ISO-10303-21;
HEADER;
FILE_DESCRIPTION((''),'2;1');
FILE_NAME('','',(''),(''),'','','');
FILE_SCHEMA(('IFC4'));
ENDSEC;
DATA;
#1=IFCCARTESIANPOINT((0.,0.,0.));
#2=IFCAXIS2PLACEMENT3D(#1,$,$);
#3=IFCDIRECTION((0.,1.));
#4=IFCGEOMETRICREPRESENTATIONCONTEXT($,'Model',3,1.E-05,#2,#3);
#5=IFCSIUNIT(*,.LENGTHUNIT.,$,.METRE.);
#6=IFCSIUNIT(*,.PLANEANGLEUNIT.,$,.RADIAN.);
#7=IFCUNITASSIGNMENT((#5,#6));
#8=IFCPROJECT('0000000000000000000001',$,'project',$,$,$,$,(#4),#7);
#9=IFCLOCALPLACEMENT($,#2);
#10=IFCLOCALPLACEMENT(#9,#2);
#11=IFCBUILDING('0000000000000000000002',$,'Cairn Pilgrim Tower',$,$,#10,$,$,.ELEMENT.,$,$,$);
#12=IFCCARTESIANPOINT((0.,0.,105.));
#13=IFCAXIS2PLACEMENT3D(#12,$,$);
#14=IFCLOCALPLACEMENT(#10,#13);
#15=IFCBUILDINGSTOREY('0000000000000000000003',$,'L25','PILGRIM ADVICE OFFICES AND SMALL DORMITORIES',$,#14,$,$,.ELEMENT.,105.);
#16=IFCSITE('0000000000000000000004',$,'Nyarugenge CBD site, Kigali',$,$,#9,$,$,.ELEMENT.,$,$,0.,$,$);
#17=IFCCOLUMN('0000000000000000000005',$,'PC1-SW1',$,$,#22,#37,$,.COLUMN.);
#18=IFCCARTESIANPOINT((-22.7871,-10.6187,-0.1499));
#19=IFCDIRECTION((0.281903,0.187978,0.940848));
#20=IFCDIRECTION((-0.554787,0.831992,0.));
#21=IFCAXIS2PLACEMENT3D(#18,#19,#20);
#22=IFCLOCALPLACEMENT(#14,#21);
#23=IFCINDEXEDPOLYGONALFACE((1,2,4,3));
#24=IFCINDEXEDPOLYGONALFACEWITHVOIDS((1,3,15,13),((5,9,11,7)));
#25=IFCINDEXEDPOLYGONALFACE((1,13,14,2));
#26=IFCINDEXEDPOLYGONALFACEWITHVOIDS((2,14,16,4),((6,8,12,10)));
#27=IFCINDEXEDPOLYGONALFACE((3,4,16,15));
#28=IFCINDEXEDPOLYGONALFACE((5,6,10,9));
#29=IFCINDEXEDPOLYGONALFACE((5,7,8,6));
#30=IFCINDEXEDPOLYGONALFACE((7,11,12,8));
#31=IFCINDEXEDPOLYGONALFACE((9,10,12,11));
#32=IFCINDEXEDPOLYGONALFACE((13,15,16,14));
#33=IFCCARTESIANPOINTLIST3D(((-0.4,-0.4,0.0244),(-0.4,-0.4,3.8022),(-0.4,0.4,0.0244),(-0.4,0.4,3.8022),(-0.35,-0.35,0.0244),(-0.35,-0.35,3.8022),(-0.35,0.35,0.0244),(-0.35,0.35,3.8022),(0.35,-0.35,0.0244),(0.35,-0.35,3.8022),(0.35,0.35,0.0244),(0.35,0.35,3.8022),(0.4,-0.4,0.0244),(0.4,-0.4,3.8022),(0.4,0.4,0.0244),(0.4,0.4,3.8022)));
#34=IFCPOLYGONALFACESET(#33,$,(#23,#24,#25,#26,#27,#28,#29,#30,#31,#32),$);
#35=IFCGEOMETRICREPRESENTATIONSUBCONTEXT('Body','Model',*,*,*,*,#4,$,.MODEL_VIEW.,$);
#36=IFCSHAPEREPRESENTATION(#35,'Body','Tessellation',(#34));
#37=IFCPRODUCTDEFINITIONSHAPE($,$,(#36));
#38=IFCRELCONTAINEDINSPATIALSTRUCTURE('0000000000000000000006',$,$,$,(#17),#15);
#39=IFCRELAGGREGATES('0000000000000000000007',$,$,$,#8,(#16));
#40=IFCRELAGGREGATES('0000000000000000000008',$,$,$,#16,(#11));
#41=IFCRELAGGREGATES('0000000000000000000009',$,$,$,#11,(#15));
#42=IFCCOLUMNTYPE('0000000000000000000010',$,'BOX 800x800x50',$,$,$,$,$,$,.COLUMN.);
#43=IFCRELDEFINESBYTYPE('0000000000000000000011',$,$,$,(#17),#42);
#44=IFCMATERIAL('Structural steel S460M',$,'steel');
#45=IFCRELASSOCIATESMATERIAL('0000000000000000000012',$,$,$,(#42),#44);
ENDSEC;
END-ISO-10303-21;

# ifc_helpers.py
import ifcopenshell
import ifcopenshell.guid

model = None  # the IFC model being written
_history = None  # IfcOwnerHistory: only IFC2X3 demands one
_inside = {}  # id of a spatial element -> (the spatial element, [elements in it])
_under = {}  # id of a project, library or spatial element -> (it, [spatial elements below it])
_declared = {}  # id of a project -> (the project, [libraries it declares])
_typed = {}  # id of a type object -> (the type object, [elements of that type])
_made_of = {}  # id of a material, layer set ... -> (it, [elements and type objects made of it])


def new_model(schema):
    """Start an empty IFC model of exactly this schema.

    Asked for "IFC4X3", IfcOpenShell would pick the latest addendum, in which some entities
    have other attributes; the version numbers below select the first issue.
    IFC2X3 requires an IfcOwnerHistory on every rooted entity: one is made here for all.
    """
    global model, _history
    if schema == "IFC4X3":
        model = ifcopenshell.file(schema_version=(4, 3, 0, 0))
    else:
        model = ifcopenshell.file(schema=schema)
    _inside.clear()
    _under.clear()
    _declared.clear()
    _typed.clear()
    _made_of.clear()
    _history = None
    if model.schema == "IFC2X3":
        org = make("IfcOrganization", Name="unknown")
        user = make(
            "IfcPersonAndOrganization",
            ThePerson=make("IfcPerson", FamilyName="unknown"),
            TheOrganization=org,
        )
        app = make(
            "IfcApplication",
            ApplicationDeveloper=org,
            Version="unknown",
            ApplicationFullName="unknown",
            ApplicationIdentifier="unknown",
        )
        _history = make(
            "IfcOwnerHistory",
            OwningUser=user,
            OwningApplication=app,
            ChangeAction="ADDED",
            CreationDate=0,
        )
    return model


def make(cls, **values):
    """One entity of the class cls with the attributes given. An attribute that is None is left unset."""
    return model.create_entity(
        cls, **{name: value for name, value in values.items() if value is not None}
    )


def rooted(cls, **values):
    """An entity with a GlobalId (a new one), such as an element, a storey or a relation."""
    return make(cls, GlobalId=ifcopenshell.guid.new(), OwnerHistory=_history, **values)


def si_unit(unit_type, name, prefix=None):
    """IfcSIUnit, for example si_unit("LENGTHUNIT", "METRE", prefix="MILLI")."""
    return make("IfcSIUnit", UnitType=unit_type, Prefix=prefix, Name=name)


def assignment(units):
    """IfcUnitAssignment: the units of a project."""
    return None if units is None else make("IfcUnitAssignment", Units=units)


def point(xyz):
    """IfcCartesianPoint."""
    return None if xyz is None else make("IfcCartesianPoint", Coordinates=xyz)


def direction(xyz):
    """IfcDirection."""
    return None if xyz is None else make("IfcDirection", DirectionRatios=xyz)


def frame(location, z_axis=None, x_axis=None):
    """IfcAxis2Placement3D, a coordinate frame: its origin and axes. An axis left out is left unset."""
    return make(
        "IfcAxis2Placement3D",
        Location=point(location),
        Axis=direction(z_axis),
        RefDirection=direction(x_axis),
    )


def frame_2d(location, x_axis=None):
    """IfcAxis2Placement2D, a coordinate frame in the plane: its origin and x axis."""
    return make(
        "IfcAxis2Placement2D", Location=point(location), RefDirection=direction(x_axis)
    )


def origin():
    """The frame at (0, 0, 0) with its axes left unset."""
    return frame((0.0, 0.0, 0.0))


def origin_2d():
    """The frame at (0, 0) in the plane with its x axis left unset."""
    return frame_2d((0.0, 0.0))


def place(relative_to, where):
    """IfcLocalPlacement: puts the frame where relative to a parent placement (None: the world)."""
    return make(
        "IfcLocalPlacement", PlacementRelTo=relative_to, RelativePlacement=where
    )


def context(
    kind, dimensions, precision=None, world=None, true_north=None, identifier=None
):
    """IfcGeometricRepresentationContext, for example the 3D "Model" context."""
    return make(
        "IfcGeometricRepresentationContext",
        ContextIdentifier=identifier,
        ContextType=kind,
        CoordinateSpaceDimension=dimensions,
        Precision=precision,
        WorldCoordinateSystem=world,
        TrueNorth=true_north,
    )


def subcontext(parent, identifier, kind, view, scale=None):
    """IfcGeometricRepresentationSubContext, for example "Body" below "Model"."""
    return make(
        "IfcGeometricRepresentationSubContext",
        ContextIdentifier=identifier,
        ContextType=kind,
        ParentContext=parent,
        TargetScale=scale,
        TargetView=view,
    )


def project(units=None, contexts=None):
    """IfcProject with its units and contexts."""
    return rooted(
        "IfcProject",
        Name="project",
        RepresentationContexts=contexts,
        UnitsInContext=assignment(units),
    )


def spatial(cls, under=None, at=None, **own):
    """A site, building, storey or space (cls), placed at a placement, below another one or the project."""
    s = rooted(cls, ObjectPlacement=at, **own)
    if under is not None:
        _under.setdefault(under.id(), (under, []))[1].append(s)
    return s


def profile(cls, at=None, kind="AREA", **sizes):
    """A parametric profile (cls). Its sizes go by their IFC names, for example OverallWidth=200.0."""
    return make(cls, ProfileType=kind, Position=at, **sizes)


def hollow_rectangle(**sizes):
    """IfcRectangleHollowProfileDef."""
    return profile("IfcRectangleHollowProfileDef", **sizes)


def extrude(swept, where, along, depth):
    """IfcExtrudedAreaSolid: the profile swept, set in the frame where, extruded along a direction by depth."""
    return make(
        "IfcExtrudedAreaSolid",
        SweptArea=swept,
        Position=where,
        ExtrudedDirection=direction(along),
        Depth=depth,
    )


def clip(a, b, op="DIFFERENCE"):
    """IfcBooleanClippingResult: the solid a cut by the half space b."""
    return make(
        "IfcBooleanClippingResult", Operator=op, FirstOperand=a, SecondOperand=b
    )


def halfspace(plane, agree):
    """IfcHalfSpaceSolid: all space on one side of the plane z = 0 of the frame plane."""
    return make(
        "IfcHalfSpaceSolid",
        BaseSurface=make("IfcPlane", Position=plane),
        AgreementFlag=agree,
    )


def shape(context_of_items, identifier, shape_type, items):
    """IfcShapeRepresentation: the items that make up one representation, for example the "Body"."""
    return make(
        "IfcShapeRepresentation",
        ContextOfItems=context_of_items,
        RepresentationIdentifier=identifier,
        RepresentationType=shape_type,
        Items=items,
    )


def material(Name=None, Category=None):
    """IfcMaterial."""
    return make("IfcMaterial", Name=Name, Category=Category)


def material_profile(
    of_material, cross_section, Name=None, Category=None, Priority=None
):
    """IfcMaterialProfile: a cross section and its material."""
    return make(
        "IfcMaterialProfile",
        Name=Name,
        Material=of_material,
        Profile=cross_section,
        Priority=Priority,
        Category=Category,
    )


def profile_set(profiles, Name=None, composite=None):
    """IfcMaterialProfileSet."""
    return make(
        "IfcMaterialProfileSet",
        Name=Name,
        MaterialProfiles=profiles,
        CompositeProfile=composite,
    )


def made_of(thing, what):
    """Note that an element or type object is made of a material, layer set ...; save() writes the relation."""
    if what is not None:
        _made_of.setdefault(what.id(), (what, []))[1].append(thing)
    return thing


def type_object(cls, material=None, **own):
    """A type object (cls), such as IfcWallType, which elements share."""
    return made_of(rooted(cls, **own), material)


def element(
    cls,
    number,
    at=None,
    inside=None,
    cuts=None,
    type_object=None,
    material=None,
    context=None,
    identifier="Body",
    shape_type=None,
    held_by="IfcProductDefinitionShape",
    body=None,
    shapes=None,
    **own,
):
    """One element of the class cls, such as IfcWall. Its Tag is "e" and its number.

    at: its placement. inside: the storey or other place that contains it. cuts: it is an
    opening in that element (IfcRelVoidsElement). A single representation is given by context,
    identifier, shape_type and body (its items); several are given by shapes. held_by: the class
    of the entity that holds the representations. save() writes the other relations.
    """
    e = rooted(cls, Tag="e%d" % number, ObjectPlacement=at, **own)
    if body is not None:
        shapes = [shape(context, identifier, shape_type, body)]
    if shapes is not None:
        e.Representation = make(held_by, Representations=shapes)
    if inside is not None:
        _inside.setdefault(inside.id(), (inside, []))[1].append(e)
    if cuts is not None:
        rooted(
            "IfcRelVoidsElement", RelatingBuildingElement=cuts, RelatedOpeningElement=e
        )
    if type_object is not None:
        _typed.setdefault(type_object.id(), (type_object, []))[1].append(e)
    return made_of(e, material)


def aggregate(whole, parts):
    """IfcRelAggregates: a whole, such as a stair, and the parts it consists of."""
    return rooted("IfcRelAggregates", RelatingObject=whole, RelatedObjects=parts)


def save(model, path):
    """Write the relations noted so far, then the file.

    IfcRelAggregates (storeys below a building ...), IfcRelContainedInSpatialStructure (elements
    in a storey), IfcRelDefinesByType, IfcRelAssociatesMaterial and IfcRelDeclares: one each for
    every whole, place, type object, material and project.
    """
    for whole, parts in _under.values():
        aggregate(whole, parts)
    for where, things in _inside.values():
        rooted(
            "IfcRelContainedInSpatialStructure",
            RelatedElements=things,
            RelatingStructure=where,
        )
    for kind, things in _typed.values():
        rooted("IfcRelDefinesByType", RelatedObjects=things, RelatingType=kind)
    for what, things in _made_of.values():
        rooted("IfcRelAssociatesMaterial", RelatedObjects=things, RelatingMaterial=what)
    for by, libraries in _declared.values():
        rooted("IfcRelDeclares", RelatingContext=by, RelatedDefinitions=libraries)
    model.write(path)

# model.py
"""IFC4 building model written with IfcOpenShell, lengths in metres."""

from ifc_helpers import new_model, si_unit, direction, frame, origin, origin_2d, place, context, subcontext, project, spatial, hollow_rectangle, extrude, clip, halfspace, material, material_profile, profile_set, type_object, element, save


model = new_model("IFC4")

# Units and contexts
model_context = context("Model", 3, precision=1e-05, world=origin(), true_north=direction((0.0, 1.0)))
body_context = subcontext(model_context, "Body", "Model", "MODEL_VIEW")
ifc_project = project(units=[si_unit("LENGTHUNIT", "METRE"), si_unit("PLANEANGLEUNIT", "RADIAN")], contexts=[model_context])

# Site, building, storey
site_placement = place(None, origin())
site = spatial("IfcSite", under=ifc_project, at=site_placement, Name="Nyarugenge CBD site, Kigali", CompositionType="ELEMENT", RefElevation=0.0)
building_placement = place(site_placement, origin())
building = spatial("IfcBuilding", under=site, at=building_placement, Name="Cairn Pilgrim Tower", CompositionType="ELEMENT")
storey_placement = place(building_placement, frame((0.0, 0.0, 105.0)))
storey = spatial("IfcBuildingStorey", under=building, at=storey_placement, Name="L25", Description="PILGRIM ADVICE OFFICES AND SMALL DORMITORIES", CompositionType="ELEMENT", Elevation=105.0)

# Column
ifc_material_1 = material(Name="Structural steel S460M", Category="steel")
ifc_material_profile_1 = material_profile(ifc_material_1, hollow_rectangle(XDim=0.8, YDim=0.8, WallThickness=0.05, at=origin_2d()), Name="BOX 800x800x50")
ifc_profile_set_1 = profile_set([ifc_material_profile_1], Name="Structural steel S460M")
column_type = type_object("IfcColumnType", Name="BOX 800x800x50", PredefinedType="COLUMN", material=ifc_profile_set_1)
column_placement = place(storey_placement, frame((-22.7871, -10.6187, -0.1499), z_axis=(0.281903, 0.187978, 0.940848), x_axis=(-0.554787, 0.831992, 0.0)))
element("IfcColumn", 1, at=column_placement, inside=storey, type_object=column_type, Name="PC1-SW1", PredefinedType="COLUMN", context=body_context, shape_type="Clipping", body=[
    clip(clip(extrude(hollow_rectangle(XDim=0.8, YDim=0.8, WallThickness=0.05, at=origin_2d()), origin(), (0.0, 0.0, 1.0), 3.8262), halfspace(frame((0.0, 0.0, 0.0244), z_axis=(0.0, 0.0, 1.0), x_axis=(1.0, 0.0, 0.0)), True)), halfspace(frame((0.0, 0.0, 3.8022), z_axis=(0.0, 0.0, 1.0), x_axis=(1.0, 0.0, 0.0)), False)),
])

save(model, "model.ifc")
